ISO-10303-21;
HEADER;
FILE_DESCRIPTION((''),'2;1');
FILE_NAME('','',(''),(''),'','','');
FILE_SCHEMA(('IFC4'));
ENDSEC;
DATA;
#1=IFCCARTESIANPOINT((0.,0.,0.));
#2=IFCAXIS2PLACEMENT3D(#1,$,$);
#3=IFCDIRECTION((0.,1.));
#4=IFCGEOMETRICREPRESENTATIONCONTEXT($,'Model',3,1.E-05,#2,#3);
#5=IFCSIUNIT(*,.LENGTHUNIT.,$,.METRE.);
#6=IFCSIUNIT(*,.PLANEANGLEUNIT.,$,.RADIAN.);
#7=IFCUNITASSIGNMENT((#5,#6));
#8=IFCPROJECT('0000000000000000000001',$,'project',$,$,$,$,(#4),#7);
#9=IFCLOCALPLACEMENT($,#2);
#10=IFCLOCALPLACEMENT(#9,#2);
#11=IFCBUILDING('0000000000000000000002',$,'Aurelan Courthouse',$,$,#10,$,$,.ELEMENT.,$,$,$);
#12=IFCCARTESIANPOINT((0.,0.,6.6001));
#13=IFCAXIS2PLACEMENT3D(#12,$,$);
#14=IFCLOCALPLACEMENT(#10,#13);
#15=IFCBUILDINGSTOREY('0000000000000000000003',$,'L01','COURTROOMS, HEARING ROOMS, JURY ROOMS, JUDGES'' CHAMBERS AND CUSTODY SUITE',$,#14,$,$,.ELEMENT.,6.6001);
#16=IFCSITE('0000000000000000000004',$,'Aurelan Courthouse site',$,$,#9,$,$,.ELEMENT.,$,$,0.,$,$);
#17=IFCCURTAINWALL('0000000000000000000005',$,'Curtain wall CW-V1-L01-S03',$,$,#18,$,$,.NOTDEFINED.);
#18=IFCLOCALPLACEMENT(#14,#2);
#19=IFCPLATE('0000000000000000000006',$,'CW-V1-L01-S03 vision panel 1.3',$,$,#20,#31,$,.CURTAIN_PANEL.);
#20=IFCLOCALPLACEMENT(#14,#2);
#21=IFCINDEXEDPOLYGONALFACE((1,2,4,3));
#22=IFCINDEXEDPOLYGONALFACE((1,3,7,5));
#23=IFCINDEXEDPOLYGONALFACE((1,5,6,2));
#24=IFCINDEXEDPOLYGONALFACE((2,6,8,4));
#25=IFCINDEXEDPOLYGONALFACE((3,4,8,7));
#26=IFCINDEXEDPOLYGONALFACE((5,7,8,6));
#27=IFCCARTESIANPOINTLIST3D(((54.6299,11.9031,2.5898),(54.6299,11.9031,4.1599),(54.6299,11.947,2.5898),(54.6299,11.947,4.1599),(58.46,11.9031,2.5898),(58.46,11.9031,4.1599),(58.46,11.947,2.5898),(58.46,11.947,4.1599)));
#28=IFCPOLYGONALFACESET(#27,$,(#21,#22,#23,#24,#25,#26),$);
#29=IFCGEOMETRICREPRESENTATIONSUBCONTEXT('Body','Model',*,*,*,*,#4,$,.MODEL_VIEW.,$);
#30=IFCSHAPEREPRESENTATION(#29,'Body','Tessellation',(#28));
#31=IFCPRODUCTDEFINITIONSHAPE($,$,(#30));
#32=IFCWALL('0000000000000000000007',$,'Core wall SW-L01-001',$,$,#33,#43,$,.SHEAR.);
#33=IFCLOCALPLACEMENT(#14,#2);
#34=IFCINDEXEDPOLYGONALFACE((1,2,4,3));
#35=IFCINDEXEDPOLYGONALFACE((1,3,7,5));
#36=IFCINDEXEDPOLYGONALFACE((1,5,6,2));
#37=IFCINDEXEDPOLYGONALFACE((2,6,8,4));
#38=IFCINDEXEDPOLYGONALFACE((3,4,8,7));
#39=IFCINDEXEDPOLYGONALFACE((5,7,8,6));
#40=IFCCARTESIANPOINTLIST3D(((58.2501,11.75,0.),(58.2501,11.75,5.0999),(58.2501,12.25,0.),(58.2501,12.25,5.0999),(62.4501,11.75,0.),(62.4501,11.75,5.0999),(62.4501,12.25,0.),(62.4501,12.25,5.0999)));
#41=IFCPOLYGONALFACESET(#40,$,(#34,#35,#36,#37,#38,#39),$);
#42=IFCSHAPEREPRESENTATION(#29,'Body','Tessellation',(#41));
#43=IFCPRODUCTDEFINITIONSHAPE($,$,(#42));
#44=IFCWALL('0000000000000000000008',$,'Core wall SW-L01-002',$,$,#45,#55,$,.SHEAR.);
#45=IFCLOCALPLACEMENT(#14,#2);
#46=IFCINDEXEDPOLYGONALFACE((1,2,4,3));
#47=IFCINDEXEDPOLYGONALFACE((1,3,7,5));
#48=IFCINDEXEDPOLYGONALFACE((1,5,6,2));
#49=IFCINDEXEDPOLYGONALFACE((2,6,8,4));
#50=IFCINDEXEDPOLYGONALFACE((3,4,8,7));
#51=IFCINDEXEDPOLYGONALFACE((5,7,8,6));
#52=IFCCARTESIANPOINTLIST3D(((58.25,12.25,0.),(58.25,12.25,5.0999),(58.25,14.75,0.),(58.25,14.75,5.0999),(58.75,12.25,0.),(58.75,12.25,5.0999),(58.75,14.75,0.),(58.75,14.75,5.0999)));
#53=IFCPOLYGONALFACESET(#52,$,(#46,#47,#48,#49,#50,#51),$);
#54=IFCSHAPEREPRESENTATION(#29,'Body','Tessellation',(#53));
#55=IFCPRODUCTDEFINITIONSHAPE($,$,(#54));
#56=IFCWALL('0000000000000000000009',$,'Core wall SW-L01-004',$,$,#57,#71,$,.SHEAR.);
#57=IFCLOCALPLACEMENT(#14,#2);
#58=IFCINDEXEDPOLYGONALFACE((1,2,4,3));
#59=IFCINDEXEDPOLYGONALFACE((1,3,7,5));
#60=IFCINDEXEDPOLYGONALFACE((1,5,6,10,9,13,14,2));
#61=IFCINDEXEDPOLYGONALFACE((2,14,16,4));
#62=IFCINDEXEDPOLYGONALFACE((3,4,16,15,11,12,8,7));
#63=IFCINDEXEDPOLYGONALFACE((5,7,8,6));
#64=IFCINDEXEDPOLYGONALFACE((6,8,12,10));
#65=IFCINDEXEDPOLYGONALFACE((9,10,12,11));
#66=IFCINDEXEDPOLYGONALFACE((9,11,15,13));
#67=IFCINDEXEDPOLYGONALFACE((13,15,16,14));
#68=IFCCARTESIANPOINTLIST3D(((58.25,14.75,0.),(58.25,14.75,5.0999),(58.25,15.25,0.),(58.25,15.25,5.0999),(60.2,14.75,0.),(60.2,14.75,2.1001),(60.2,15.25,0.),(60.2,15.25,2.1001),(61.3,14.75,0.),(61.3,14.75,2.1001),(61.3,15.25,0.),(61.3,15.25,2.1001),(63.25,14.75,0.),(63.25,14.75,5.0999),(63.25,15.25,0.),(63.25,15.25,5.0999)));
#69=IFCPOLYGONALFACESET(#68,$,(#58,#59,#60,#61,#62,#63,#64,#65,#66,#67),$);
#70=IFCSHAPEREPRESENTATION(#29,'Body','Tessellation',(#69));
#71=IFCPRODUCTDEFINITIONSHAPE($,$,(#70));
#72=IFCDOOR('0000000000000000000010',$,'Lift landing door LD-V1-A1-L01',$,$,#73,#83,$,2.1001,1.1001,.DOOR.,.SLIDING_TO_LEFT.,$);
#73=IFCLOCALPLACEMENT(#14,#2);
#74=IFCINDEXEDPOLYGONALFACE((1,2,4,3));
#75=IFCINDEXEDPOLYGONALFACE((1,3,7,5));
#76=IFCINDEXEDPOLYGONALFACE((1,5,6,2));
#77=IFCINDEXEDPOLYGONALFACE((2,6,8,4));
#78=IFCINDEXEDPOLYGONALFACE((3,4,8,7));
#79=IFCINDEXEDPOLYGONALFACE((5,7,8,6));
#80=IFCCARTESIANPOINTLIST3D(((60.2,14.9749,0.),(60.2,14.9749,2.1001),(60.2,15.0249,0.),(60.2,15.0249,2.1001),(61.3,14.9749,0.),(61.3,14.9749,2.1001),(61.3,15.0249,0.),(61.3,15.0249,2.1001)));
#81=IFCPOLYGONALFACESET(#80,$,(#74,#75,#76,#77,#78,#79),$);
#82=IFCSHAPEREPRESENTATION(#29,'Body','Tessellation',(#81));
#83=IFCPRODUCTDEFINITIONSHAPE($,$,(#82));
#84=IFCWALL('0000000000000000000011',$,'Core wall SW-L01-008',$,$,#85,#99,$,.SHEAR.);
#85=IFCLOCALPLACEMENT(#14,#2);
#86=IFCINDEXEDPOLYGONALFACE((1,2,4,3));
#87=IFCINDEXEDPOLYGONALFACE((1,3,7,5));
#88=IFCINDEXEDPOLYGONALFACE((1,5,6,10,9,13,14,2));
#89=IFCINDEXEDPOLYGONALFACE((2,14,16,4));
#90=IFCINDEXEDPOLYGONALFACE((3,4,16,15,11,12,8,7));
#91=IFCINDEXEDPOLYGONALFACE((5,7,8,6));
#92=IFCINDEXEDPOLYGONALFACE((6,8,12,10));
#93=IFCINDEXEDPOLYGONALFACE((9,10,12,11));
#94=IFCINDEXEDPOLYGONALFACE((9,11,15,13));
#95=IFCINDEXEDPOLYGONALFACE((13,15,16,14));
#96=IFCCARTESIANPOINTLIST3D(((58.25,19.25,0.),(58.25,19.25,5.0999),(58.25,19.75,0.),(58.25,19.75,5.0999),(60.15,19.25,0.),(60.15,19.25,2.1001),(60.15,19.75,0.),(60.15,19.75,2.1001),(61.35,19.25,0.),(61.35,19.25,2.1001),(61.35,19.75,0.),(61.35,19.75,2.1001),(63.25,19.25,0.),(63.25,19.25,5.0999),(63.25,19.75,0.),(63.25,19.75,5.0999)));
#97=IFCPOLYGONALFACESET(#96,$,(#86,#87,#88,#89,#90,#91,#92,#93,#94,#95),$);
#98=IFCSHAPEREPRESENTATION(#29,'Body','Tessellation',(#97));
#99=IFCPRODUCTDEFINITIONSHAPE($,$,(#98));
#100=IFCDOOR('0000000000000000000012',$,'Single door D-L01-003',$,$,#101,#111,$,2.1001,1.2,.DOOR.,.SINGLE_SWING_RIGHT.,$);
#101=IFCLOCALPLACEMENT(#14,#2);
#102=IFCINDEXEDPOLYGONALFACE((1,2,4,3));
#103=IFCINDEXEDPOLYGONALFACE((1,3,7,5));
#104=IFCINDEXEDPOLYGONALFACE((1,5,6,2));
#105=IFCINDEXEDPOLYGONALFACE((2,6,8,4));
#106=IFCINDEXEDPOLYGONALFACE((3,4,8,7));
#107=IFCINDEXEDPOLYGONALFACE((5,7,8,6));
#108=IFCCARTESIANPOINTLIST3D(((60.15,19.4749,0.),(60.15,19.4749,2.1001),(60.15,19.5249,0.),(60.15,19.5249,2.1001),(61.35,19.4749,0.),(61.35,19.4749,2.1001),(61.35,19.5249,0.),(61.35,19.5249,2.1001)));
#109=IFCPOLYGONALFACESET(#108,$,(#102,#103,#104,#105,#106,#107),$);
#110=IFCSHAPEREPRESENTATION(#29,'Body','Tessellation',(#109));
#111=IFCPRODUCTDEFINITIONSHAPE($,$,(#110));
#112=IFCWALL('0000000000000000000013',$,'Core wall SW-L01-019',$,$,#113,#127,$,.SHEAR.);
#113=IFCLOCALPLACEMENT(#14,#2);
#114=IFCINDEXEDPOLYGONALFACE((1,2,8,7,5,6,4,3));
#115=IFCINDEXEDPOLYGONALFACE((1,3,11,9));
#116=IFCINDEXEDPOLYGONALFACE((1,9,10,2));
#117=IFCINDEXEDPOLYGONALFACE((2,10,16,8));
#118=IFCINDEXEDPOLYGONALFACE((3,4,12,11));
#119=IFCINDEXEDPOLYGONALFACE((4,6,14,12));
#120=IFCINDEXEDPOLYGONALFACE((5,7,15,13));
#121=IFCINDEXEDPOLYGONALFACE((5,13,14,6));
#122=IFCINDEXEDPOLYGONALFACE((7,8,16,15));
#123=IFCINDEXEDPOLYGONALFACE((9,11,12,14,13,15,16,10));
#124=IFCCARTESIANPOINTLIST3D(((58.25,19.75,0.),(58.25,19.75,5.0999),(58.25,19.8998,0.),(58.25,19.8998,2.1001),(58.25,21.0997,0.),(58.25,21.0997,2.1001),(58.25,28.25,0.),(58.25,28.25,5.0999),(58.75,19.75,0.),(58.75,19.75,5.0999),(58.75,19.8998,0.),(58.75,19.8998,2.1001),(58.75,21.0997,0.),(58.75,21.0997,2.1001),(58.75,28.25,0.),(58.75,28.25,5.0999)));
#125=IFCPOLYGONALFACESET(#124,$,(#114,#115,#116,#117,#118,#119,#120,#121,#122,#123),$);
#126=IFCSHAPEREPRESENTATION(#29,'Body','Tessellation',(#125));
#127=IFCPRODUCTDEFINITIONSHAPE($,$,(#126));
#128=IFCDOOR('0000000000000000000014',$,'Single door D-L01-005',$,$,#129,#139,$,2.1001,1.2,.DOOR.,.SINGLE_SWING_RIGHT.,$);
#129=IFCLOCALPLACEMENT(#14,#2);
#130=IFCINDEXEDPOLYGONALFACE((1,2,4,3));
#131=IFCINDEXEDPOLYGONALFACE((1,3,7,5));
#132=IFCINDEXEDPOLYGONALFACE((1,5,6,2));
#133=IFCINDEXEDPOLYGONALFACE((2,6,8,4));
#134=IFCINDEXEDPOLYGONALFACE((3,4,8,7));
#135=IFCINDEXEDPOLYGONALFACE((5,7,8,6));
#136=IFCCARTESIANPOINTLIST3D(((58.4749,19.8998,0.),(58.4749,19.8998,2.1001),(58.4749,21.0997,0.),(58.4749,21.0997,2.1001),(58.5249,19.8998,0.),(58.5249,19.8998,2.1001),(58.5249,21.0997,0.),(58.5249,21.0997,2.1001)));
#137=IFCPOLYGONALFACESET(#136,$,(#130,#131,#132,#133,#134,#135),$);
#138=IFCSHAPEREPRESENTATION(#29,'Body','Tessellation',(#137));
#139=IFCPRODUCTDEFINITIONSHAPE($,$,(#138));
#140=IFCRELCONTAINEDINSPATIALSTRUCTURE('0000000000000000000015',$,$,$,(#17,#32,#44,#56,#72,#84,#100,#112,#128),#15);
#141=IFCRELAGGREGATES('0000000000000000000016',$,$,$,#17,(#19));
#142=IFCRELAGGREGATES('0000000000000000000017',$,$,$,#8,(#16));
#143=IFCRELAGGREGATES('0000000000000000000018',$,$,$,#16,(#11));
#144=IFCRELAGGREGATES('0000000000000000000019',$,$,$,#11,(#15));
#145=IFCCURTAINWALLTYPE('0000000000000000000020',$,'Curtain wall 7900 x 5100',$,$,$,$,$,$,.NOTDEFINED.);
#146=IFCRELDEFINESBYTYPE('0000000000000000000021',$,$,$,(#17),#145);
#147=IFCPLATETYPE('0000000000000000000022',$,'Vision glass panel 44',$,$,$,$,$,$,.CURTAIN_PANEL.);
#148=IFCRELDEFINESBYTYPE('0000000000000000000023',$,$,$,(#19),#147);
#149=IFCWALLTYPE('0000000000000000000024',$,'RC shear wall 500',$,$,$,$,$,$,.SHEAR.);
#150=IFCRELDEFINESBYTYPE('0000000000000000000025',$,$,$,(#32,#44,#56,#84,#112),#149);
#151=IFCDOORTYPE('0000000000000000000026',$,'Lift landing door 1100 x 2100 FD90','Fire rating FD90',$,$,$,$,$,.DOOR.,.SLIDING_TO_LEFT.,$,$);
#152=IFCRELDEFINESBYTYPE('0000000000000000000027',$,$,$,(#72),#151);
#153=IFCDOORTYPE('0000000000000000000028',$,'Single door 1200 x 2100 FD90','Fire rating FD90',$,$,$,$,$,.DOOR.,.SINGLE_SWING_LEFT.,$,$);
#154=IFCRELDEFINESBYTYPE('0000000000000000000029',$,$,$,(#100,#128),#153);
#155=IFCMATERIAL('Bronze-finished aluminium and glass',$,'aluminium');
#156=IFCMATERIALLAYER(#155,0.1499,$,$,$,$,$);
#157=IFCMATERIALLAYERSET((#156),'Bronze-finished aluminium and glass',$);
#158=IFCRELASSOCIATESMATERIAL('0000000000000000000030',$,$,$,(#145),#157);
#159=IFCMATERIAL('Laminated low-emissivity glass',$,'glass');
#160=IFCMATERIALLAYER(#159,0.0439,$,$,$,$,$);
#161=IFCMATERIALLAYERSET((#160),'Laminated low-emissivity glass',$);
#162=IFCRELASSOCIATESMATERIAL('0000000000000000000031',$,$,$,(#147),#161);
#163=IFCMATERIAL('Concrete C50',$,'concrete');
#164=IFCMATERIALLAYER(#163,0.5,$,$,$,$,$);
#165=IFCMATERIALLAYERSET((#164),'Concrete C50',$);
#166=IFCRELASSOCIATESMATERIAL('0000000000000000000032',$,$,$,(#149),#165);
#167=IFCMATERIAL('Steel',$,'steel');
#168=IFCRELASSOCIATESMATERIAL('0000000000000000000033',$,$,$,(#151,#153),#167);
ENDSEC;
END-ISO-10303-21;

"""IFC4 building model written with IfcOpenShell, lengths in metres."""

from ifc_helpers import new_model, si_unit, direction, frame, frame_2d, origin, origin_2d, place, context, subcontext, project, spatial, rectangle, extrude, material, layer, layer_set, type_object, element, fill, aggregate, save


model = new_model("IFC4")

# Units and contexts
model_context = context("Model", 3, precision=1e-05, world=origin(), true_north=direction((0.0, 1.0)))
body_context = subcontext(model_context, "Body", "Model", "MODEL_VIEW")
ifc_project = project(units=[si_unit("LENGTHUNIT", "METRE"), si_unit("PLANEANGLEUNIT", "RADIAN")], contexts=[model_context])

# Site, building, storey
site_placement = place(None, origin())
site = spatial("IfcSite", under=ifc_project, at=site_placement, Name="Aurelan Courthouse site", CompositionType="ELEMENT", RefElevation=0.0)
building_placement = place(site_placement, origin())
building = spatial("IfcBuilding", under=site, at=building_placement, Name="Aurelan Courthouse", CompositionType="ELEMENT")
storey_placement = place(building_placement, frame((0.0, 0.0, 6.6001)))
storey = spatial("IfcBuildingStorey", under=building, at=storey_placement, Name="L01", Description="COURTROOMS, HEARING ROOMS, JURY ROOMS, JUDGES' CHAMBERS AND CUSTODY SUITE", CompositionType="ELEMENT", Elevation=6.6001)

# Shared definitions
ifc_material_1 = material(Name="Concrete C50", Category="concrete")

# Curtain wall
ifc_material_2 = material(Name="Bronze-finished aluminium and glass", Category="aluminium")
ifc_layer_1 = layer(ifc_material_2, 0.1499)
ifc_layer_set_1 = layer_set([ifc_layer_1], Name="Bronze-finished aluminium and glass")
curtain_wall_type = type_object("IfcCurtainWallType", Name="Curtain wall 7900 x 5100", PredefinedType="NOTDEFINED", material=ifc_layer_set_1)
curtain_wall_placement = place(storey_placement, origin())
curtain_wall = element("IfcCurtainWall", 1, at=curtain_wall_placement, inside=storey, type_object=curtain_wall_type, Name="Curtain wall CW-V1-L01-S03", PredefinedType="NOTDEFINED")

# Plate
ifc_material_3 = material(Name="Laminated low-emissivity glass", Category="glass")
ifc_layer_2 = layer(ifc_material_3, 0.0439)
ifc_layer_set_2 = layer_set([ifc_layer_2], Name="Laminated low-emissivity glass")
plate_type_1 = type_object("IfcPlateType", Name="Vision glass panel 44", PredefinedType="CURTAIN_PANEL", material=ifc_layer_set_2)
plate_1_placement = place(storey_placement, frame((56.5449, 11.925, 2.5898), z_axis=(0.0, 0.0, 1.0), x_axis=(1.0, 0.0, 0.0)))
plate_1 = element("IfcPlate", 2, at=plate_1_placement, type_object=plate_type_1, Name="CW-V1-L01-S03 vision panel 1.3", PredefinedType="CURTAIN_PANEL", context=body_context, shape_type="SweptSolid", body=[
    extrude(rectangle(XDim=3.8301, YDim=0.0439, at=origin_2d()), origin(), (0.0, 0.0, 1.0), 1.5701),
])
aggregate(curtain_wall, [plate_1])

# Walls
ifc_layer_3 = layer(ifc_material_1, 0.5)
ifc_layer_set_3 = layer_set([ifc_layer_3], Name="Concrete C50")
wall_type = type_object("IfcWallType", Name="RC shear wall 500", PredefinedType="SHEAR", material=ifc_layer_set_3)
wall_1_placement = place(storey_placement, frame((58.25, 12.0, 0.0), z_axis=(0.0, 0.0, 1.0), x_axis=(1.0, 0.0, 0.0)))
element("IfcWall", 3, at=wall_1_placement, inside=storey, type_object=wall_type, Name="Core wall SW-L01-001", PredefinedType="SHEAR", context=body_context, shape_type="SweptSolid", body=[
    extrude(rectangle(XDim=4.2, YDim=0.5, at=frame_2d((2.1001, 0.0))), origin(), (0.0, 0.0, 1.0), 5.0999),
])
wall_2_placement = place(storey_placement, frame((58.5, 12.25, 0.0), z_axis=(0.0, 0.0, 1.0), x_axis=(0.0, 1.0, 0.0)))
element("IfcWall", 4, at=wall_2_placement, inside=storey, type_object=wall_type, Name="Core wall SW-L01-002", PredefinedType="SHEAR", context=body_context, shape_type="SweptSolid", body=[
    extrude(rectangle(XDim=2.5, YDim=0.5, at=frame_2d((1.25, 0.0))), origin(), (0.0, 0.0, 1.0), 5.0999),
])

# Walls, openings, doors
wall_3_placement = place(storey_placement, frame((58.25, 15.0, 0.0), z_axis=(0.0, 0.0, 1.0), x_axis=(1.0, 0.0, 0.0)))
wall_3 = element("IfcWall", 5, at=wall_3_placement, inside=storey, type_object=wall_type, Name="Core wall SW-L01-004", PredefinedType="SHEAR", context=body_context, shape_type="SweptSolid", body=[
    extrude(rectangle(XDim=5.0, YDim=0.5, at=frame_2d((2.5, 0.0))), origin(), (0.0, 0.0, 1.0), 5.0999),
])
opening_1_placement = place(wall_3_placement, frame((1.95, 0.0, 0.0)))
opening_1 = element("IfcOpeningElement", 6, at=opening_1_placement, cuts=wall_3, PredefinedType="OPENING", context=body_context, shape_type="SweptSolid", body=[
    extrude(rectangle(XDim=1.1001, YDim=2.1001, at=frame_2d((0.55, 1.05))), frame((0.0, 0.26, 0.0), z_axis=(0.0, -1.0, 0.0), x_axis=(1.0, 0.0, 0.0)), (0.0, 0.0, 1.0), 0.52),
])
ifc_material_4 = material(Name="Steel", Category="steel")
door_type_1 = type_object("IfcDoorType", Name="Lift landing door 1100 x 2100 FD90", Description="Fire rating FD90", OperationType="SLIDING_TO_LEFT", PredefinedType="DOOR", material=ifc_material_4)
door_1_placement = place(opening_1_placement, origin())
door_1 = element("IfcDoor", 7, at=door_1_placement, inside=storey, type_object=door_type_1, Name="Lift landing door LD-V1-A1-L01", OperationType="SLIDING_TO_LEFT", OverallHeight=2.1001, OverallWidth=1.1001, PredefinedType="DOOR", context=body_context, shape_type="SweptSolid", body=[
    extrude(rectangle(XDim=1.1001, YDim=2.1001, at=frame_2d((0.55, 1.05))), frame((0.0, 0.0249, 0.0), z_axis=(0.0, -1.0, 0.0), x_axis=(1.0, 0.0, 0.0)), (0.0, 0.0, 1.0), 0.05),
])
fill(opening_1, door_1)
wall_4_placement = place(storey_placement, frame((58.25, 19.5, 0.0), z_axis=(0.0, 0.0, 1.0), x_axis=(1.0, 0.0, 0.0)))
wall_4 = element("IfcWall", 8, at=wall_4_placement, inside=storey, type_object=wall_type, Name="Core wall SW-L01-008", PredefinedType="SHEAR", context=body_context, shape_type="SweptSolid", body=[
    extrude(rectangle(XDim=5.0, YDim=0.5, at=frame_2d((2.5, 0.0))), origin(), (0.0, 0.0, 1.0), 5.0999),
])
opening_2_placement = place(wall_4_placement, frame((1.8999, 0.0, 0.0)))
opening_2 = element("IfcOpeningElement", 9, at=opening_2_placement, cuts=wall_4, PredefinedType="OPENING", context=body_context, shape_type="SweptSolid", body=[
    extrude(rectangle(XDim=1.2, YDim=2.1001, at=frame_2d((0.6001, 1.05))), frame((0.0, 0.26, 0.0), z_axis=(0.0, -1.0, 0.0), x_axis=(1.0, 0.0, 0.0)), (0.0, 0.0, 1.0), 0.52),
])
door_type_2 = type_object("IfcDoorType", Name="Single door 1200 x 2100 FD90", Description="Fire rating FD90", OperationType="SINGLE_SWING_LEFT", PredefinedType="DOOR", material=ifc_material_4)
door_2_placement = place(opening_2_placement, origin())
door_2 = element("IfcDoor", 10, at=door_2_placement, inside=storey, type_object=door_type_2, Name="Single door D-L01-003", OperationType="SINGLE_SWING_RIGHT", OverallHeight=2.1001, OverallWidth=1.2, PredefinedType="DOOR", context=body_context, shape_type="SweptSolid", body=[
    extrude(rectangle(XDim=1.2, YDim=2.1001, at=frame_2d((0.6001, 1.05))), frame((0.0, 0.0249, 0.0), z_axis=(0.0, -1.0, 0.0), x_axis=(1.0, 0.0, 0.0)), (0.0, 0.0, 1.0), 0.05),
])
fill(opening_2, door_2)
wall_5_placement = place(storey_placement, frame((58.5, 19.75, 0.0), z_axis=(0.0, 0.0, 1.0), x_axis=(0.0, 1.0, 0.0)))
wall_5 = element("IfcWall", 11, at=wall_5_placement, inside=storey, type_object=wall_type, Name="Core wall SW-L01-019", PredefinedType="SHEAR", context=body_context, shape_type="SweptSolid", body=[
    extrude(rectangle(XDim=8.5, YDim=0.5, at=frame_2d((4.25, 0.0))), origin(), (0.0, 0.0, 1.0), 5.0999),
])
opening_3_placement = place(wall_5_placement, frame((1.3499, 0.0, 0.0), z_axis=(0.0, 0.0, 1.0), x_axis=(-1.0, 0.0, 0.0)))
opening_3 = element("IfcOpeningElement", 12, at=opening_3_placement, cuts=wall_5, PredefinedType="OPENING", context=body_context, shape_type="SweptSolid", body=[
    extrude(rectangle(XDim=1.2, YDim=2.1001, at=frame_2d((0.6001, 1.05))), frame((0.0, 0.26, 0.0), z_axis=(0.0, -1.0, 0.0), x_axis=(1.0, 0.0, 0.0)), (0.0, 0.0, 1.0), 0.52),
])
door_3_placement = place(opening_3_placement, origin())
door_3 = element("IfcDoor", 13, at=door_3_placement, inside=storey, type_object=door_type_2, Name="Single door D-L01-005", OperationType="SINGLE_SWING_RIGHT", OverallHeight=2.1001, OverallWidth=1.2, PredefinedType="DOOR", context=body_context, shape_type="SweptSolid", body=[
    extrude(rectangle(XDim=1.2, YDim=2.1001, at=frame_2d((0.6001, 1.05))), frame((0.0, 0.0249, 0.0), z_axis=(0.0, -1.0, 0.0), x_axis=(1.0, 0.0, 0.0)), (0.0, 0.0, 1.0), 0.05),
])
fill(opening_3, door_3)

save(model, "model.ifc")
